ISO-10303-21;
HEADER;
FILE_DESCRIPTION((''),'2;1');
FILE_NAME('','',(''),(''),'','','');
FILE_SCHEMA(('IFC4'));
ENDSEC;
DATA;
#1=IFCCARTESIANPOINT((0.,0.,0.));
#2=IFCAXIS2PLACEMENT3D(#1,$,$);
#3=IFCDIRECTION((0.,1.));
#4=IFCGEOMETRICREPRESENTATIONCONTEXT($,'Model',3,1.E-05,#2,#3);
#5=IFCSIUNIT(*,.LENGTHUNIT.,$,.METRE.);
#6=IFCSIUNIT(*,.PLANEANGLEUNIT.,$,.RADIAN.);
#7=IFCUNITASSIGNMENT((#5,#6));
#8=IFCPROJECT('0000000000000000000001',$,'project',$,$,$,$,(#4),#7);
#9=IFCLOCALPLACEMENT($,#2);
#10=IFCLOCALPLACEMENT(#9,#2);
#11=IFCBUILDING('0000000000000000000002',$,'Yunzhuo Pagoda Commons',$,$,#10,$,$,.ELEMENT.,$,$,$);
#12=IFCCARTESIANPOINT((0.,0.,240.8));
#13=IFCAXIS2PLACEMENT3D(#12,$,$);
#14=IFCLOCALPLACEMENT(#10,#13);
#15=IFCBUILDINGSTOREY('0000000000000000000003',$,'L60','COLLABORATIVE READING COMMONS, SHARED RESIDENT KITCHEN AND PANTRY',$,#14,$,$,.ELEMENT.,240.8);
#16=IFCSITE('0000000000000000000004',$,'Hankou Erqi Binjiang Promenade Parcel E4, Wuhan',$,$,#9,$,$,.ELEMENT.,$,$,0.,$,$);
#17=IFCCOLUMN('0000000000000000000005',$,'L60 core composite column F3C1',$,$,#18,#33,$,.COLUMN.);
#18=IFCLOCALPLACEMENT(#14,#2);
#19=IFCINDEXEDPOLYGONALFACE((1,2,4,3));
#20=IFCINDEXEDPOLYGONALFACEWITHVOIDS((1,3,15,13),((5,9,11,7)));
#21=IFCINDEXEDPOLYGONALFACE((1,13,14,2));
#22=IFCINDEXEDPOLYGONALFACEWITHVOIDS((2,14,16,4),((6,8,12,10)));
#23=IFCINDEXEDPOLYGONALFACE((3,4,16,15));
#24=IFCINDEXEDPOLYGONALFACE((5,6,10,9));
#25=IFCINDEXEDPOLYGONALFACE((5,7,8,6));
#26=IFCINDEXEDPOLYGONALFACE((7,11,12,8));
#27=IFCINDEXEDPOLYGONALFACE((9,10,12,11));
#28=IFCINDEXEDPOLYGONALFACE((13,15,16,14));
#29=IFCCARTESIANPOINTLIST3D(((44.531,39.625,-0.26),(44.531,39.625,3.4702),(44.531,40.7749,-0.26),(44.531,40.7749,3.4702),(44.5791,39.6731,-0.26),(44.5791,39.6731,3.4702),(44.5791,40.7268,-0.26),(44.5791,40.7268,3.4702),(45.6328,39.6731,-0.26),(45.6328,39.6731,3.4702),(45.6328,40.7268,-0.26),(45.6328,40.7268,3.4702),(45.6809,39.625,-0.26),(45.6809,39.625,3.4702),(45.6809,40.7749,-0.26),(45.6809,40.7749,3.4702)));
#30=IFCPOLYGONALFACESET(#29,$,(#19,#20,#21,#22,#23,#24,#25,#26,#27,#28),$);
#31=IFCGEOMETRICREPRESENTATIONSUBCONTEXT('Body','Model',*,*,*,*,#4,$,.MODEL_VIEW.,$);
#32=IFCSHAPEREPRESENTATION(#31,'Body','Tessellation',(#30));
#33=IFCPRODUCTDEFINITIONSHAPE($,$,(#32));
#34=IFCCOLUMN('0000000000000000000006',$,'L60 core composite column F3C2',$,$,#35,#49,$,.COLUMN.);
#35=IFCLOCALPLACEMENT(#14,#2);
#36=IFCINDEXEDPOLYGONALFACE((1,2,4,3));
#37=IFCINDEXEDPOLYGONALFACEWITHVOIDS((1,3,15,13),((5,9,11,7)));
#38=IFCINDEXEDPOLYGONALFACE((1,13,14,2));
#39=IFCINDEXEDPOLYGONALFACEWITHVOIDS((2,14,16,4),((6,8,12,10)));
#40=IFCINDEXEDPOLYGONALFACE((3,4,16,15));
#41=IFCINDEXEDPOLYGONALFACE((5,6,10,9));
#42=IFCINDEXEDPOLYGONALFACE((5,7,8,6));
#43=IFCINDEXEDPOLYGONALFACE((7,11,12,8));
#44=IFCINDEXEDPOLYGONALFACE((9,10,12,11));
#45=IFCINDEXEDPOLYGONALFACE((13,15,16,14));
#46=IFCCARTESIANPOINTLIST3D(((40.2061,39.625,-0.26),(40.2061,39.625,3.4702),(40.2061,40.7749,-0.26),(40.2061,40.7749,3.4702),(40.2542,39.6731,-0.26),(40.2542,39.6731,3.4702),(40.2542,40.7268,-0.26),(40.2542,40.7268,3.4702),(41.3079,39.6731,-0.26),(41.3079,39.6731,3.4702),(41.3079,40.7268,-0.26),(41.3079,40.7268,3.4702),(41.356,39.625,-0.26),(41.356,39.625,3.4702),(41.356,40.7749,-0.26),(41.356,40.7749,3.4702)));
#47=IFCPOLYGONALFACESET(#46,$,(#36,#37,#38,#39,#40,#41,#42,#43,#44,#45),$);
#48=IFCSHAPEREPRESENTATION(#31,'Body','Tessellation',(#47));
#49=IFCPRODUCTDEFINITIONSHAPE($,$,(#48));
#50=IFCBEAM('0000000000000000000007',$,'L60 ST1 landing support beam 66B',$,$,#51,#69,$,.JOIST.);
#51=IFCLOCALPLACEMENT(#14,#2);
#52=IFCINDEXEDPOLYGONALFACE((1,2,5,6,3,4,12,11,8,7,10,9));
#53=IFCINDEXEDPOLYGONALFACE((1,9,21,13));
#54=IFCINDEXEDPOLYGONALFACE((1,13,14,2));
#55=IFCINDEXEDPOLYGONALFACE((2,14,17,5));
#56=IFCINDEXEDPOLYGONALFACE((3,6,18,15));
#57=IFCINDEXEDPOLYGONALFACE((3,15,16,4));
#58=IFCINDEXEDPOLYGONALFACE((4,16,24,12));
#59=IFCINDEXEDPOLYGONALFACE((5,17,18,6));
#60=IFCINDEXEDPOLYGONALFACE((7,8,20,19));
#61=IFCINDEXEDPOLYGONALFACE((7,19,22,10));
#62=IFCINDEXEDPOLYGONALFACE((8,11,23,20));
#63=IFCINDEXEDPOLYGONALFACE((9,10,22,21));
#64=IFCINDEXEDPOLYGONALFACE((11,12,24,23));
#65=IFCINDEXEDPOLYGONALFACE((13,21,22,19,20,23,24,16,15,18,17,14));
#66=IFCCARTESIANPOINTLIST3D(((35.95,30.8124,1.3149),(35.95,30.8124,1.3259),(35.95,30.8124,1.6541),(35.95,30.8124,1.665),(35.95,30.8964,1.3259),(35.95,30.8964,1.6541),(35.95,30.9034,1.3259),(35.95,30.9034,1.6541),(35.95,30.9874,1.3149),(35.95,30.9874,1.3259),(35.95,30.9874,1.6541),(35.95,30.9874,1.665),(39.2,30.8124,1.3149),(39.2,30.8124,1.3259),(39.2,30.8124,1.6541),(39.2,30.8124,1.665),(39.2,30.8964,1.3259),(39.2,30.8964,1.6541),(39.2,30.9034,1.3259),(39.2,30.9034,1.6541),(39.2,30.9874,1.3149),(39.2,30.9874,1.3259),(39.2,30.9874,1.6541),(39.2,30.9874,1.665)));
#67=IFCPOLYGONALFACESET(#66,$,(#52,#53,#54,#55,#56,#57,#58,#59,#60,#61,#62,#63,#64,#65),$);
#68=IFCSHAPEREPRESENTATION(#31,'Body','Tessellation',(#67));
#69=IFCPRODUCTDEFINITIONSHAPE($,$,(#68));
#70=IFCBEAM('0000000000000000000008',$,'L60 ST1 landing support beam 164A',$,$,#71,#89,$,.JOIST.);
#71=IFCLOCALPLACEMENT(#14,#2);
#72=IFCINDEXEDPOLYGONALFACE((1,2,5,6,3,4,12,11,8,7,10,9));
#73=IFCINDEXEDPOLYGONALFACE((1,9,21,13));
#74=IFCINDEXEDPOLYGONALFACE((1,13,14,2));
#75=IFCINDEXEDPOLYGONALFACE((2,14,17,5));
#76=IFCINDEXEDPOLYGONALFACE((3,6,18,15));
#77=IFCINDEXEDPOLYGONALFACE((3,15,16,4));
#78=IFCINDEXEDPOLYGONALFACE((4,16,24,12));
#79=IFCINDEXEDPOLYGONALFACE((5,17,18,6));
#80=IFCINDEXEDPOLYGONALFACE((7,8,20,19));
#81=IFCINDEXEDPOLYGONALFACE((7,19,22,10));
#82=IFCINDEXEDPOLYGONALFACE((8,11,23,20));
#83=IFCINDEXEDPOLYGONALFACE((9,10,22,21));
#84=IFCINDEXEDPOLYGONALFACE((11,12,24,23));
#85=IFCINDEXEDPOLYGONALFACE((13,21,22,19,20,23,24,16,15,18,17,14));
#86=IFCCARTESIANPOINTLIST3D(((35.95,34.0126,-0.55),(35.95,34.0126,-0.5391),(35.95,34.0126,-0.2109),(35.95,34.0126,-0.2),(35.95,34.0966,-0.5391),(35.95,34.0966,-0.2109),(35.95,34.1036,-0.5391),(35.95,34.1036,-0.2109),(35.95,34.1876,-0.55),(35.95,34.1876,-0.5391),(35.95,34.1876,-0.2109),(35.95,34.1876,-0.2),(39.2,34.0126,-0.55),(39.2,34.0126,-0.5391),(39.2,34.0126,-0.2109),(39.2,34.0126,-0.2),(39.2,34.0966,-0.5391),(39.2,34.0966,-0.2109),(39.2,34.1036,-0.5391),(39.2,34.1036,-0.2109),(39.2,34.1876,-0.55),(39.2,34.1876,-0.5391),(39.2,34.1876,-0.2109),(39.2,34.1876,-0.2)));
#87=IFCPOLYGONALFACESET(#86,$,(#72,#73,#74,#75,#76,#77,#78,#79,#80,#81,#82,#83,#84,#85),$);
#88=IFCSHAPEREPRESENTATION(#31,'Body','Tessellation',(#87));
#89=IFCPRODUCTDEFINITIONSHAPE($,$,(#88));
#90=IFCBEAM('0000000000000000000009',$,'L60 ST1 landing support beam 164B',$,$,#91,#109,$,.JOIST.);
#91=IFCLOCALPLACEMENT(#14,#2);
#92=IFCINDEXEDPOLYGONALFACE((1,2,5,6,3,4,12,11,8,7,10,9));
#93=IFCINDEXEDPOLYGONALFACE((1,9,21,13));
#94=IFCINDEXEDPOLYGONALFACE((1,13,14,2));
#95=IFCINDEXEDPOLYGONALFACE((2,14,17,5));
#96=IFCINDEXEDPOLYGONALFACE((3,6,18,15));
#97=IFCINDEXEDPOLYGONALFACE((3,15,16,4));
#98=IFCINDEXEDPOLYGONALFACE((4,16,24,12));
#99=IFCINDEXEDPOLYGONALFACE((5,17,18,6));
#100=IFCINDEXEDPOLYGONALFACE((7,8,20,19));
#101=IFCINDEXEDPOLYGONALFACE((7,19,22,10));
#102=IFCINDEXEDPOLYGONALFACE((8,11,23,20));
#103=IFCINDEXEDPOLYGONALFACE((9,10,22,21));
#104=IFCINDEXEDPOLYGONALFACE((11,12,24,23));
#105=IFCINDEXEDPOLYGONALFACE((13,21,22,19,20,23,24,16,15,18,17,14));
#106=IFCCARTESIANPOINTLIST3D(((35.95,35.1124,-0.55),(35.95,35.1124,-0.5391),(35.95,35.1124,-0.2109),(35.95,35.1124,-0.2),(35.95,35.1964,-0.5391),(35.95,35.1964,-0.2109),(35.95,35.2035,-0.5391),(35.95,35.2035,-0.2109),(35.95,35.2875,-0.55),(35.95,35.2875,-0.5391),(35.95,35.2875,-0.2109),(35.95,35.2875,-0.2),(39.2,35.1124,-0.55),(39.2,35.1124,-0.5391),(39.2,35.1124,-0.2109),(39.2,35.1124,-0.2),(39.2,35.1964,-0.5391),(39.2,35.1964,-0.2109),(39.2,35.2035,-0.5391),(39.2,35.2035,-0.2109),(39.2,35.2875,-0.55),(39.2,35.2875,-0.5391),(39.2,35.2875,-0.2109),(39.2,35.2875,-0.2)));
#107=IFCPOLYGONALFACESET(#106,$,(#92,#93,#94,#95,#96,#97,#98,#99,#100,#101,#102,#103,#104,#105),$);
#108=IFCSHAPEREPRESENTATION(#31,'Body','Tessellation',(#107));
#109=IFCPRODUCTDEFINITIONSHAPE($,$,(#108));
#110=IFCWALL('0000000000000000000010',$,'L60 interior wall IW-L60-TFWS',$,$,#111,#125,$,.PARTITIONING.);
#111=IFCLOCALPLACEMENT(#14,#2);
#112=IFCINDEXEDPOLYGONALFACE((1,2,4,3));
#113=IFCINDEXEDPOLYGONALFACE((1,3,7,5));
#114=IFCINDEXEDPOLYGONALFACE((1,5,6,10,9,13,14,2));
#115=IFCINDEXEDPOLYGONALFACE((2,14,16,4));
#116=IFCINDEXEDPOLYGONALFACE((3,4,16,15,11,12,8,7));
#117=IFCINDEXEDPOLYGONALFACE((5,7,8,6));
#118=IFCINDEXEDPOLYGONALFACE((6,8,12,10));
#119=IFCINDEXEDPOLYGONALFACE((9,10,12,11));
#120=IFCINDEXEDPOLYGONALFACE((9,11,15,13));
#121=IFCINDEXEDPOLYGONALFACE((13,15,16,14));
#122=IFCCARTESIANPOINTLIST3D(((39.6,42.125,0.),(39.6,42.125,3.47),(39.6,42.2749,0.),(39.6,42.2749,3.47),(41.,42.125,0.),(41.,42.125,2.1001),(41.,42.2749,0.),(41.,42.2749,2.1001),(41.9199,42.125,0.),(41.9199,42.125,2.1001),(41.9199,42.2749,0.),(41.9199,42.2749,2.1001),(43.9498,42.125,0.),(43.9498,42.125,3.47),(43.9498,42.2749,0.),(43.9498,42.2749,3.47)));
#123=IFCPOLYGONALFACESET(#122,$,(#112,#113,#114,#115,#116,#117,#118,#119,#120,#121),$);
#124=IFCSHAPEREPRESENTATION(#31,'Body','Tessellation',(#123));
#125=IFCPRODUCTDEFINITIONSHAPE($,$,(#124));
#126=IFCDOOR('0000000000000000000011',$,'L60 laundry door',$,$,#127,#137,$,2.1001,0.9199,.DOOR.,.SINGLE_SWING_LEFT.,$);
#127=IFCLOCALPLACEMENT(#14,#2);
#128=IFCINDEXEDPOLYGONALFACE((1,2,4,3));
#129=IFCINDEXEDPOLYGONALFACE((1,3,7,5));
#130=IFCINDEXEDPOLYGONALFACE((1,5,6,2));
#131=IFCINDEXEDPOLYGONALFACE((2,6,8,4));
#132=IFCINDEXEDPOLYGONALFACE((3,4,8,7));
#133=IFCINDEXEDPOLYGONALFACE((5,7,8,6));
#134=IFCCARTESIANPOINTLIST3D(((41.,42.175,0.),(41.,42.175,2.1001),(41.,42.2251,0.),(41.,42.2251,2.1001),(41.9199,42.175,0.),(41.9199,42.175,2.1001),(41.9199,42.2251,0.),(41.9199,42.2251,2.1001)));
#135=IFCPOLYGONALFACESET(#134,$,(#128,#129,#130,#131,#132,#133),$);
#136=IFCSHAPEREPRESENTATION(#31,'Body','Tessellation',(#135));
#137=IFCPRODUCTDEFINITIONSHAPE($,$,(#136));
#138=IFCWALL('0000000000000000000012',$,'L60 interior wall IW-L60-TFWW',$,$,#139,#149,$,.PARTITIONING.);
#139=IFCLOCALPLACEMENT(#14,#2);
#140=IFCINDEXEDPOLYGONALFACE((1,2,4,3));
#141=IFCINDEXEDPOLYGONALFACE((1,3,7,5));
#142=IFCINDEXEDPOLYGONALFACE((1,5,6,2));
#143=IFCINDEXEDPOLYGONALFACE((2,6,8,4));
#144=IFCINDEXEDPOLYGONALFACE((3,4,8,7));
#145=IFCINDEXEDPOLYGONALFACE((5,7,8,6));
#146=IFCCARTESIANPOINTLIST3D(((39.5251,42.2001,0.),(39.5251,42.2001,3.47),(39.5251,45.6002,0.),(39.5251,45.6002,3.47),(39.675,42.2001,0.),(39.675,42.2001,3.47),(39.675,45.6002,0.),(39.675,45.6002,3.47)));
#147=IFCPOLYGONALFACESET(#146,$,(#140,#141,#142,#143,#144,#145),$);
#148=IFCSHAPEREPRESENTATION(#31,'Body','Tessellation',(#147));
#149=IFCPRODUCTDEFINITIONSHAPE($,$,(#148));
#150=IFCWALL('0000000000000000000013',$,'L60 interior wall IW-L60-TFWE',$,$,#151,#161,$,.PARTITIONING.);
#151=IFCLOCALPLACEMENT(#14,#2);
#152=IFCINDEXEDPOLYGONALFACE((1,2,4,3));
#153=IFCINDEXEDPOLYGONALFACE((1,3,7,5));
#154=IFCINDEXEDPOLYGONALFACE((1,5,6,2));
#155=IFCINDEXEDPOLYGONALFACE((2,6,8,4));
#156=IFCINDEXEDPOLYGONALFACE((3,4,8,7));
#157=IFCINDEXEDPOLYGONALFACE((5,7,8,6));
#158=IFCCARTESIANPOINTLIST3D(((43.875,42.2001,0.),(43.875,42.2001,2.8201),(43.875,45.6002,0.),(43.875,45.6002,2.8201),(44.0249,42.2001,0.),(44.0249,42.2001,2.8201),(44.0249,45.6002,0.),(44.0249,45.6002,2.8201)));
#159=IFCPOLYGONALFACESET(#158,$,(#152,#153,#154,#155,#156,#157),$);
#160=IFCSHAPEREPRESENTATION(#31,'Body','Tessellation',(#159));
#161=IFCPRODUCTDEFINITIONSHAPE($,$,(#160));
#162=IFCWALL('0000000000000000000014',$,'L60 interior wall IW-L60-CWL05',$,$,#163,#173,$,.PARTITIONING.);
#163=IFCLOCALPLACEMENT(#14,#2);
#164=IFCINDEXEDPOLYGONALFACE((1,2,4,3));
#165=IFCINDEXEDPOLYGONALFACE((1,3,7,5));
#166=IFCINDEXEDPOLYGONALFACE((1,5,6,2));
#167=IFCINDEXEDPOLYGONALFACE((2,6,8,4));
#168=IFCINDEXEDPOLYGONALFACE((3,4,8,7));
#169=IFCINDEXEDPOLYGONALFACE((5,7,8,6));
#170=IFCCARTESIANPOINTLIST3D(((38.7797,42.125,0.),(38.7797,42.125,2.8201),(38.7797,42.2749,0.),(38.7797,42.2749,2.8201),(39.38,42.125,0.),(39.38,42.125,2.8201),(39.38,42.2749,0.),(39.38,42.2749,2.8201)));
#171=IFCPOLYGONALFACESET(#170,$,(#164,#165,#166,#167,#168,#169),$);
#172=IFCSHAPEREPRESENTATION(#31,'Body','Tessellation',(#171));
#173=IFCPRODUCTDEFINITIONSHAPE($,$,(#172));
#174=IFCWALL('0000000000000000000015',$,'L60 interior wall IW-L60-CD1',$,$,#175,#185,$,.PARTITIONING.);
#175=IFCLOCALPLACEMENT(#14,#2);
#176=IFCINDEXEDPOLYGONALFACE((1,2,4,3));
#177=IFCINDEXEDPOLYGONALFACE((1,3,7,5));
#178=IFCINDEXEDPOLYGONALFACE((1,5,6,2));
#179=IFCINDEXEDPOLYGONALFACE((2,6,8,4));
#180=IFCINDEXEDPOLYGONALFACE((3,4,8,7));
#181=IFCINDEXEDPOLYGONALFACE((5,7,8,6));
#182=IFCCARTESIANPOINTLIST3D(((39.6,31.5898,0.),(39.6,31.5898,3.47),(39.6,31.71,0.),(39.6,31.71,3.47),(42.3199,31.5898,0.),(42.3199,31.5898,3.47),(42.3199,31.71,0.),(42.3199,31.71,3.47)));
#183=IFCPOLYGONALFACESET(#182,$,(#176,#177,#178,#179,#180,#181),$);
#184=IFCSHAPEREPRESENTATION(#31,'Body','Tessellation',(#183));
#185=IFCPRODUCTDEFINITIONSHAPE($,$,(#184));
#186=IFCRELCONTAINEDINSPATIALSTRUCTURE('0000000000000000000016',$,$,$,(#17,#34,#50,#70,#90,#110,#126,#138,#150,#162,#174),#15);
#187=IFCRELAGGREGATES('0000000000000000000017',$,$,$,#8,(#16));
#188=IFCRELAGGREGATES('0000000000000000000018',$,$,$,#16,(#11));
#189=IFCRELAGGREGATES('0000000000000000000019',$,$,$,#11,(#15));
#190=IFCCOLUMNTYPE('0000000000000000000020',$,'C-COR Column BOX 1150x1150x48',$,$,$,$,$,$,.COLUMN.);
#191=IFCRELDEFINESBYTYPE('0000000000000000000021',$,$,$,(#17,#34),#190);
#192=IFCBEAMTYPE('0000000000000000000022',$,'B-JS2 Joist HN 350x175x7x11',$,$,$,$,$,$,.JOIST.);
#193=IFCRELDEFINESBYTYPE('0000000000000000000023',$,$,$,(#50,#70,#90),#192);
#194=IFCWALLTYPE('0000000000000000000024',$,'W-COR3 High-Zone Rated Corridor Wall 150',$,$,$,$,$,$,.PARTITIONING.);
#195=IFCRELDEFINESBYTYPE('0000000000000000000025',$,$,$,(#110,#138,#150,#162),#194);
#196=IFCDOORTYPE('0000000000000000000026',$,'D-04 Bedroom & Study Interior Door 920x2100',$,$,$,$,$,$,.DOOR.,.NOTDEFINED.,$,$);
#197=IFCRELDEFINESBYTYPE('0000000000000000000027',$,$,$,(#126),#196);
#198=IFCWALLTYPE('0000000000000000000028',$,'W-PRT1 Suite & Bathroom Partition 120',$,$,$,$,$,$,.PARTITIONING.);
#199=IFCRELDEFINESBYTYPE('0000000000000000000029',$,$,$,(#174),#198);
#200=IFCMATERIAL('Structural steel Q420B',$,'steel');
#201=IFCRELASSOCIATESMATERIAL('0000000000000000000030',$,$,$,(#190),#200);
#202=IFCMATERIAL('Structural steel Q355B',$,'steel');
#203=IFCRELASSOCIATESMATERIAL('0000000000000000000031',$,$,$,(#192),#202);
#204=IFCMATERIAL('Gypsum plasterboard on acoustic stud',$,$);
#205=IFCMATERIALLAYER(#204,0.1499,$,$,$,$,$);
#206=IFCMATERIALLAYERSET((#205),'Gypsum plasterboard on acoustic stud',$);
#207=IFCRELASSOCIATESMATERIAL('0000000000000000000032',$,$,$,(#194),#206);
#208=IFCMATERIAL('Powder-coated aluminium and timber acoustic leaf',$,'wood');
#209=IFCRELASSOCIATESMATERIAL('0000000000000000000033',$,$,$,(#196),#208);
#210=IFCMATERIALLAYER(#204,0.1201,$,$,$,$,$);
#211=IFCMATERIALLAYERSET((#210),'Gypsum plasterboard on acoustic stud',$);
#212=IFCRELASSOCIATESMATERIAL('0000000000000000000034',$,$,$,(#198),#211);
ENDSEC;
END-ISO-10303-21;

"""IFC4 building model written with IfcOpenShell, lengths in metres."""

from ifc_helpers import new_model, si_unit, direction, frame, frame_2d, origin, origin_2d, place, context, subcontext, project, spatial, rectangle, hollow_rectangle, i_section, extrude, source, transform, mapped, material, layer, layer_set, material_profile, profile_set, type_object, element, fill, save


model = new_model("IFC4")

# Units and contexts
model_context = context("Model", 3, precision=1e-05, world=origin(), true_north=direction((0.0, 1.0)))
body_context = subcontext(model_context, "Body", "Model", "MODEL_VIEW")
ifc_project = project(units=[si_unit("LENGTHUNIT", "METRE"), si_unit("PLANEANGLEUNIT", "RADIAN")], contexts=[model_context])

# Site, building, storey
site_placement = place(None, origin())
site = spatial("IfcSite", under=ifc_project, at=site_placement, Name="Hankou Erqi Binjiang Promenade Parcel E4, Wuhan", CompositionType="ELEMENT", RefElevation=0.0)
building_placement = place(site_placement, origin())
building = spatial("IfcBuilding", under=site, at=building_placement, Name="Yunzhuo Pagoda Commons", CompositionType="ELEMENT")
storey_placement = place(building_placement, frame((0.0, 0.0, 240.8)))
storey = spatial("IfcBuildingStorey", under=building, at=storey_placement, Name="L60", Description="COLLABORATIVE READING COMMONS, SHARED RESIDENT KITCHEN AND PANTRY", CompositionType="ELEMENT", Elevation=240.8)

# Columns
ifc_material_1 = material(Name="Structural steel Q420B", Category="steel")
ifc_material_profile_1 = material_profile(ifc_material_1, hollow_rectangle(XDim=1.1499, YDim=1.1499, WallThickness=0.0481, at=origin_2d()), Name="Structural steel Q420B")
ifc_profile_set_1 = profile_set([ifc_material_profile_1], Name="Structural steel Q420B")
column_type = type_object("IfcColumnType", Name="C-COR Column BOX 1150x1150x48", PredefinedType="COLUMN", material=ifc_profile_set_1)
shared_shape_1 = source(origin(), body_context, "Body", "SweptSolid", [
    extrude(hollow_rectangle(XDim=1.1499, YDim=1.1499, WallThickness=0.0481, at=origin_2d()), origin(), (0.0, 0.0, 1.0), 3.7302),
])
for number, where, z_axis, x_axis, name in (
    (1, (45.106, 40.2, -0.26), (0.0, 0.0, 1.0), (1.0, 0.0, 0.0), "L60 core composite column F3C1"),
    (2, (40.781, 40.2, -0.26), (0.0, 0.0, 1.0), (1.0, 0.0, 0.0), "L60 core composite column F3C2"),
):
    element("IfcColumn", number, at=place(storey_placement, frame(where, z_axis=z_axis, x_axis=x_axis)), inside=storey, type_object=column_type, Name=name, PredefinedType="COLUMN", context=body_context, shape_type="MappedRepresentation", body=[
        mapped(shared_shape_1, transform((0.0, 0.0, 0.0), scale=1.0)),
    ])

# Beams
ifc_material_2 = material(Name="Structural steel Q355B", Category="steel")
ifc_material_profile_2 = material_profile(ifc_material_2, i_section(OverallWidth=0.175, OverallDepth=0.3501, WebThickness=0.0071, FlangeThickness=0.011, at=origin_2d()), Name="Structural steel Q355B")
ifc_profile_set_2 = profile_set([ifc_material_profile_2], Name="Structural steel Q355B")
beam_type = type_object("IfcBeamType", Name="B-JS2 Joist HN 350x175x7x11", PredefinedType="JOIST", material=ifc_profile_set_2)
shared_shape_2 = source(origin(), body_context, "Body", "SweptSolid", [
    extrude(i_section(OverallWidth=0.175, OverallDepth=0.3501, WebThickness=0.0071, FlangeThickness=0.011, at=origin_2d()), origin(), (0.0, 0.0, 1.0), 3.25),
])
for number, where, z_axis, x_axis, name in (
    (3, (35.95, 30.8999, 1.49), (1.0, 0.0, 0.0), (0.0, 1.0, 0.0), "L60 ST1 landing support beam 66B"),
    (4, (35.95, 34.1001, -0.375), (1.0, 0.0, 0.0), (0.0, 1.0, 0.0), "L60 ST1 landing support beam 164A"),
    (5, (35.95, 35.2, -0.375), (1.0, 0.0, 0.0), (0.0, 1.0, 0.0), "L60 ST1 landing support beam 164B"),
):
    element("IfcBeam", number, at=place(storey_placement, frame(where, z_axis=z_axis, x_axis=x_axis)), inside=storey, type_object=beam_type, Name=name, PredefinedType="JOIST", context=body_context, shape_type="MappedRepresentation", body=[
        mapped(shared_shape_2, transform((0.0, 0.0, 0.0), scale=1.0)),
    ])

# Wall, opening, door
ifc_material_3 = material(Name="Gypsum plasterboard on acoustic stud")
ifc_layer_1 = layer(ifc_material_3, 0.1499)
ifc_layer_set_1 = layer_set([ifc_layer_1], Name="Gypsum plasterboard on acoustic stud")
wall_type_1 = type_object("IfcWallType", Name="W-COR3 High-Zone Rated Corridor Wall 150", PredefinedType="PARTITIONING", material=ifc_layer_set_1)
wall_1_placement = place(storey_placement, frame((39.6001, 42.2, 0.0), z_axis=(0.0, 0.0, 1.0), x_axis=(1.0, 0.0, 0.0)))
wall_1 = element("IfcWall", 6, at=wall_1_placement, inside=storey, type_object=wall_type_1, Name="L60 interior wall IW-L60-TFWS", PredefinedType="PARTITIONING", context=body_context, shape_type="SweptSolid", body=[
    extrude(rectangle(XDim=4.3499, YDim=0.1499, at=frame_2d((2.1748, 0.0))), origin(), (0.0, 0.0, 1.0), 3.47),
])
opening_1_placement = place(wall_1_placement, frame((1.3999, 0.0, 0.0)))
opening_1 = element("IfcOpeningElement", 7, at=opening_1_placement, cuts=wall_1, PredefinedType="OPENING", context=body_context, shape_type="SweptSolid", body=[
    extrude(rectangle(XDim=0.9199, YDim=2.1001, at=frame_2d((0.46, 1.05))), frame((0.0, 0.085, 0.0), z_axis=(0.0, -1.0, 0.0), x_axis=(1.0, 0.0, 0.0)), (0.0, 0.0, 1.0), 0.1699),
])
ifc_material_4 = material(Name="Powder-coated aluminium and timber acoustic leaf", Category="wood")
door_type_1 = type_object("IfcDoorType", Name="D-04 Bedroom & Study Interior Door 920x2100", OperationType="NOTDEFINED", PredefinedType="DOOR", material=ifc_material_4)
shared_shape_3 = source(origin(), body_context, "Body", "SweptSolid", [
    extrude(rectangle(XDim=0.9199, YDim=2.1001, at=frame_2d((0.46, 1.05))), frame((0.0, 0.0249, 0.0), z_axis=(0.0, -1.0, 0.0), x_axis=(1.0, 0.0, 0.0)), (0.0, 0.0, 1.0), 0.05),
])
door_1_placement = place(opening_1_placement, frame((0.9199, 0.0, 0.0), z_axis=(0.0, 0.0, 1.0), x_axis=(-1.0, 0.0, 0.0)))
door_1 = element("IfcDoor", 8, at=door_1_placement, inside=storey, type_object=door_type_1, Name="L60 laundry door", OperationType="SINGLE_SWING_LEFT", OverallHeight=2.1001, OverallWidth=0.9199, PredefinedType="DOOR", context=body_context, shape_type="MappedRepresentation", body=[
    mapped(shared_shape_3, transform((0.0, 0.0, 0.0), scale=1.0)),
])
fill(opening_1, door_1)

# Walls
wall_2_placement = place(storey_placement, frame((39.6001, 42.2, 0.0), z_axis=(0.0, 0.0, 1.0), x_axis=(0.0, 1.0, 0.0)))
element("IfcWall", 9, at=wall_2_placement, inside=storey, type_object=wall_type_1, Name="L60 interior wall IW-L60-TFWW", PredefinedType="PARTITIONING", context=body_context, shape_type="SweptSolid", body=[
    extrude(rectangle(XDim=3.4001, YDim=0.1499, at=frame_2d((1.7002, 0.0))), origin(), (0.0, 0.0, 1.0), 3.47),
])
wall_3_placement = place(storey_placement, frame((43.95, 42.2, 0.0), z_axis=(0.0, 0.0, 1.0), x_axis=(0.0, 1.0, 0.0)))
element("IfcWall", 10, at=wall_3_placement, inside=storey, type_object=wall_type_1, Name="L60 interior wall IW-L60-TFWE", PredefinedType="PARTITIONING", context=body_context, shape_type="SweptSolid", body=[
    extrude(rectangle(XDim=3.4001, YDim=0.1499, at=frame_2d((1.7002, 0.0))), origin(), (0.0, 0.0, 1.0), 2.8201),
])
wall_4_placement = place(storey_placement, frame((38.7795, 42.2, 0.0), z_axis=(0.0, 0.0, 1.0), x_axis=(1.0, 0.0, 0.0)))
element("IfcWall", 11, at=wall_4_placement, inside=storey, type_object=wall_type_1, Name="L60 interior wall IW-L60-CWL05", PredefinedType="PARTITIONING", context=body_context, shape_type="SweptSolid", body=[
    extrude(rectangle(XDim=0.6003, YDim=0.1499, at=frame_2d((0.3003, 0.0))), origin(), (0.0, 0.0, 1.0), 2.8201),
])
ifc_layer_2 = layer(ifc_material_3, 0.1201)
ifc_layer_set_2 = layer_set([ifc_layer_2], Name="Gypsum plasterboard on acoustic stud")
wall_type_2 = type_object("IfcWallType", Name="W-PRT1 Suite & Bathroom Partition 120", PredefinedType="PARTITIONING", material=ifc_layer_set_2)
wall_5_placement = place(storey_placement, frame((39.6001, 31.6499, 0.0), z_axis=(0.0, 0.0, 1.0), x_axis=(1.0, 0.0, 0.0)))
element("IfcWall", 12, at=wall_5_placement, inside=storey, type_object=wall_type_2, Name="L60 interior wall IW-L60-CD1", PredefinedType="PARTITIONING", context=body_context, shape_type="SweptSolid", body=[
    extrude(rectangle(XDim=2.72, YDim=0.1201, at=frame_2d((1.3599, 0.0))), origin(), (0.0, 0.0, 1.0), 3.47),
])

save(model, "model.ifc")
